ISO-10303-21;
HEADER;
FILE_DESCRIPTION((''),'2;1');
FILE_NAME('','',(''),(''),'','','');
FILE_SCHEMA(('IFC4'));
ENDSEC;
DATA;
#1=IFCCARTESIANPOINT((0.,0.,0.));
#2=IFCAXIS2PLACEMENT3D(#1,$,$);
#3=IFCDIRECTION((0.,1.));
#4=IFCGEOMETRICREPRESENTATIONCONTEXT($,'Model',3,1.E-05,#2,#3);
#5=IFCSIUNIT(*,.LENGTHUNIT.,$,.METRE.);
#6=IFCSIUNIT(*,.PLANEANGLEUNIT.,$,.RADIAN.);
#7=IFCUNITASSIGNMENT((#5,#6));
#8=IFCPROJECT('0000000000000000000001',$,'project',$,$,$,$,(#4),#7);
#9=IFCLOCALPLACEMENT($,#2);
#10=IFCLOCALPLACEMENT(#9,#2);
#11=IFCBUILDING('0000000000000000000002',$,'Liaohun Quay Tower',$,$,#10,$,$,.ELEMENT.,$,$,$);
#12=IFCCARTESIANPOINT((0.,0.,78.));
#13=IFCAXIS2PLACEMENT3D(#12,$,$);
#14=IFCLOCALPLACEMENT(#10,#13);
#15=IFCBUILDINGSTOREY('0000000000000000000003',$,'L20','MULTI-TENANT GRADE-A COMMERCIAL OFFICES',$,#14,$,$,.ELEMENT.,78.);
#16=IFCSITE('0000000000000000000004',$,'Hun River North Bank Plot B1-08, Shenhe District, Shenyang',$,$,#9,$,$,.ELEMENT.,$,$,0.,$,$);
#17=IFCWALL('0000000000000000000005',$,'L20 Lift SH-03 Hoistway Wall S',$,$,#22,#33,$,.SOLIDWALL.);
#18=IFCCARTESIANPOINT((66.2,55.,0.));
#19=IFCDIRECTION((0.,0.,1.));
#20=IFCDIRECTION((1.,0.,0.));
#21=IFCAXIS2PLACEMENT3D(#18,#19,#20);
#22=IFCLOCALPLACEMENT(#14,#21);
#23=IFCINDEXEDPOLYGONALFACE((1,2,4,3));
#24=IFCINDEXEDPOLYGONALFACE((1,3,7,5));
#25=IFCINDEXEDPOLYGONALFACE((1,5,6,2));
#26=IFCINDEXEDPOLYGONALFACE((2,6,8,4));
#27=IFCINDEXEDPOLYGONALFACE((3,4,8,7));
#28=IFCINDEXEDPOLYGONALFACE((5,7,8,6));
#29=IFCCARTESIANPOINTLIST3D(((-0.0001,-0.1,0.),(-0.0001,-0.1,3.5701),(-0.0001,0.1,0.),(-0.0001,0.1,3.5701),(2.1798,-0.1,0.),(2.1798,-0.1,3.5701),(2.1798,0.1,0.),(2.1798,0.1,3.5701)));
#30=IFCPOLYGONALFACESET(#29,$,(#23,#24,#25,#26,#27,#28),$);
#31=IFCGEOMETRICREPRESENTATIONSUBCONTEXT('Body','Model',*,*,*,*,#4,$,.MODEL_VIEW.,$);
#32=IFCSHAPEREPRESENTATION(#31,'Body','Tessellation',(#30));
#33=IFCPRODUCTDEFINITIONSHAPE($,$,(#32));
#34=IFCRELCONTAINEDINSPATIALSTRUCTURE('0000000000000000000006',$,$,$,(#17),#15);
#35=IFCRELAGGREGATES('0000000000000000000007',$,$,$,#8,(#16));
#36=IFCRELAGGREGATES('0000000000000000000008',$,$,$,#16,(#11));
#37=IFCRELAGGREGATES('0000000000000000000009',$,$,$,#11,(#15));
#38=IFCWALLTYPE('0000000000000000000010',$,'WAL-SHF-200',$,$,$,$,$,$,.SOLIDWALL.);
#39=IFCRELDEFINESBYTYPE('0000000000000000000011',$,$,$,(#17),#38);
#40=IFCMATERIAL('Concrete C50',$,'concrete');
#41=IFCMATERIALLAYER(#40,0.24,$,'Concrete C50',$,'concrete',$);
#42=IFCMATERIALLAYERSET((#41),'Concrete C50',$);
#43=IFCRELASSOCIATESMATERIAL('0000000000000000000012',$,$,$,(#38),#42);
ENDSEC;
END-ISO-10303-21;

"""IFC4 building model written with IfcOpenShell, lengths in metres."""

from ifc_helpers import new_model, si_unit, direction, frame, frame_2d, origin, place, context, subcontext, project, spatial, rectangle, extrude, material, layer, layer_set, type_object, element, save


model = new_model("IFC4")

# Units and contexts
model_context = context("Model", 3, precision=1e-05, world=origin(), true_north=direction((0.0, 1.0)))
body_context = subcontext(model_context, "Body", "Model", "MODEL_VIEW")
ifc_project = project(units=[si_unit("LENGTHUNIT", "METRE"), si_unit("PLANEANGLEUNIT", "RADIAN")], contexts=[model_context])

# Site, building, storey
site_placement = place(None, origin())
site = spatial("IfcSite", under=ifc_project, at=site_placement, Name="Hun River North Bank Plot B1-08, Shenhe District, Shenyang", CompositionType="ELEMENT", RefElevation=0.0)
building_placement = place(site_placement, origin())
building = spatial("IfcBuilding", under=site, at=building_placement, Name="Liaohun Quay Tower", CompositionType="ELEMENT")
storey_placement = place(building_placement, frame((0.0, 0.0, 78.0)))
storey = spatial("IfcBuildingStorey", under=building, at=storey_placement, Name="L20", Description="MULTI-TENANT GRADE-A COMMERCIAL OFFICES", CompositionType="ELEMENT", Elevation=78.0)

# Shared definitions
ifc_material_1 = material(Name="Concrete C50", Category="concrete")
ifc_layer_1 = layer(ifc_material_1, 0.24, Name="Concrete C50", Category="concrete")
ifc_layer_set_1 = layer_set([ifc_layer_1], Name="Concrete C50")
wall_type_1 = type_object("IfcWallType", Name="WAL-SHF-200", PredefinedType="SOLIDWALL", material=ifc_layer_set_1)

# Wall
wall_1_placement = place(storey_placement, frame((66.2, 55.0, 0.0), z_axis=(0.0, 0.0, 1.0), x_axis=(1.0, 0.0, 0.0)))
element("IfcWall", 1, at=wall_1_placement, inside=storey, type_object=wall_type_1, Name="L20 Lift SH-03 Hoistway Wall S", PredefinedType="SOLIDWALL", context=body_context, shape_type="SweptSolid", body=[
    extrude(rectangle(XDim=2.1799, YDim=0.2, at=frame_2d((1.0898, 0.0))), origin(), (0.0, 0.0, 1.0), 3.5701),
])

save(model, "model.ifc")
